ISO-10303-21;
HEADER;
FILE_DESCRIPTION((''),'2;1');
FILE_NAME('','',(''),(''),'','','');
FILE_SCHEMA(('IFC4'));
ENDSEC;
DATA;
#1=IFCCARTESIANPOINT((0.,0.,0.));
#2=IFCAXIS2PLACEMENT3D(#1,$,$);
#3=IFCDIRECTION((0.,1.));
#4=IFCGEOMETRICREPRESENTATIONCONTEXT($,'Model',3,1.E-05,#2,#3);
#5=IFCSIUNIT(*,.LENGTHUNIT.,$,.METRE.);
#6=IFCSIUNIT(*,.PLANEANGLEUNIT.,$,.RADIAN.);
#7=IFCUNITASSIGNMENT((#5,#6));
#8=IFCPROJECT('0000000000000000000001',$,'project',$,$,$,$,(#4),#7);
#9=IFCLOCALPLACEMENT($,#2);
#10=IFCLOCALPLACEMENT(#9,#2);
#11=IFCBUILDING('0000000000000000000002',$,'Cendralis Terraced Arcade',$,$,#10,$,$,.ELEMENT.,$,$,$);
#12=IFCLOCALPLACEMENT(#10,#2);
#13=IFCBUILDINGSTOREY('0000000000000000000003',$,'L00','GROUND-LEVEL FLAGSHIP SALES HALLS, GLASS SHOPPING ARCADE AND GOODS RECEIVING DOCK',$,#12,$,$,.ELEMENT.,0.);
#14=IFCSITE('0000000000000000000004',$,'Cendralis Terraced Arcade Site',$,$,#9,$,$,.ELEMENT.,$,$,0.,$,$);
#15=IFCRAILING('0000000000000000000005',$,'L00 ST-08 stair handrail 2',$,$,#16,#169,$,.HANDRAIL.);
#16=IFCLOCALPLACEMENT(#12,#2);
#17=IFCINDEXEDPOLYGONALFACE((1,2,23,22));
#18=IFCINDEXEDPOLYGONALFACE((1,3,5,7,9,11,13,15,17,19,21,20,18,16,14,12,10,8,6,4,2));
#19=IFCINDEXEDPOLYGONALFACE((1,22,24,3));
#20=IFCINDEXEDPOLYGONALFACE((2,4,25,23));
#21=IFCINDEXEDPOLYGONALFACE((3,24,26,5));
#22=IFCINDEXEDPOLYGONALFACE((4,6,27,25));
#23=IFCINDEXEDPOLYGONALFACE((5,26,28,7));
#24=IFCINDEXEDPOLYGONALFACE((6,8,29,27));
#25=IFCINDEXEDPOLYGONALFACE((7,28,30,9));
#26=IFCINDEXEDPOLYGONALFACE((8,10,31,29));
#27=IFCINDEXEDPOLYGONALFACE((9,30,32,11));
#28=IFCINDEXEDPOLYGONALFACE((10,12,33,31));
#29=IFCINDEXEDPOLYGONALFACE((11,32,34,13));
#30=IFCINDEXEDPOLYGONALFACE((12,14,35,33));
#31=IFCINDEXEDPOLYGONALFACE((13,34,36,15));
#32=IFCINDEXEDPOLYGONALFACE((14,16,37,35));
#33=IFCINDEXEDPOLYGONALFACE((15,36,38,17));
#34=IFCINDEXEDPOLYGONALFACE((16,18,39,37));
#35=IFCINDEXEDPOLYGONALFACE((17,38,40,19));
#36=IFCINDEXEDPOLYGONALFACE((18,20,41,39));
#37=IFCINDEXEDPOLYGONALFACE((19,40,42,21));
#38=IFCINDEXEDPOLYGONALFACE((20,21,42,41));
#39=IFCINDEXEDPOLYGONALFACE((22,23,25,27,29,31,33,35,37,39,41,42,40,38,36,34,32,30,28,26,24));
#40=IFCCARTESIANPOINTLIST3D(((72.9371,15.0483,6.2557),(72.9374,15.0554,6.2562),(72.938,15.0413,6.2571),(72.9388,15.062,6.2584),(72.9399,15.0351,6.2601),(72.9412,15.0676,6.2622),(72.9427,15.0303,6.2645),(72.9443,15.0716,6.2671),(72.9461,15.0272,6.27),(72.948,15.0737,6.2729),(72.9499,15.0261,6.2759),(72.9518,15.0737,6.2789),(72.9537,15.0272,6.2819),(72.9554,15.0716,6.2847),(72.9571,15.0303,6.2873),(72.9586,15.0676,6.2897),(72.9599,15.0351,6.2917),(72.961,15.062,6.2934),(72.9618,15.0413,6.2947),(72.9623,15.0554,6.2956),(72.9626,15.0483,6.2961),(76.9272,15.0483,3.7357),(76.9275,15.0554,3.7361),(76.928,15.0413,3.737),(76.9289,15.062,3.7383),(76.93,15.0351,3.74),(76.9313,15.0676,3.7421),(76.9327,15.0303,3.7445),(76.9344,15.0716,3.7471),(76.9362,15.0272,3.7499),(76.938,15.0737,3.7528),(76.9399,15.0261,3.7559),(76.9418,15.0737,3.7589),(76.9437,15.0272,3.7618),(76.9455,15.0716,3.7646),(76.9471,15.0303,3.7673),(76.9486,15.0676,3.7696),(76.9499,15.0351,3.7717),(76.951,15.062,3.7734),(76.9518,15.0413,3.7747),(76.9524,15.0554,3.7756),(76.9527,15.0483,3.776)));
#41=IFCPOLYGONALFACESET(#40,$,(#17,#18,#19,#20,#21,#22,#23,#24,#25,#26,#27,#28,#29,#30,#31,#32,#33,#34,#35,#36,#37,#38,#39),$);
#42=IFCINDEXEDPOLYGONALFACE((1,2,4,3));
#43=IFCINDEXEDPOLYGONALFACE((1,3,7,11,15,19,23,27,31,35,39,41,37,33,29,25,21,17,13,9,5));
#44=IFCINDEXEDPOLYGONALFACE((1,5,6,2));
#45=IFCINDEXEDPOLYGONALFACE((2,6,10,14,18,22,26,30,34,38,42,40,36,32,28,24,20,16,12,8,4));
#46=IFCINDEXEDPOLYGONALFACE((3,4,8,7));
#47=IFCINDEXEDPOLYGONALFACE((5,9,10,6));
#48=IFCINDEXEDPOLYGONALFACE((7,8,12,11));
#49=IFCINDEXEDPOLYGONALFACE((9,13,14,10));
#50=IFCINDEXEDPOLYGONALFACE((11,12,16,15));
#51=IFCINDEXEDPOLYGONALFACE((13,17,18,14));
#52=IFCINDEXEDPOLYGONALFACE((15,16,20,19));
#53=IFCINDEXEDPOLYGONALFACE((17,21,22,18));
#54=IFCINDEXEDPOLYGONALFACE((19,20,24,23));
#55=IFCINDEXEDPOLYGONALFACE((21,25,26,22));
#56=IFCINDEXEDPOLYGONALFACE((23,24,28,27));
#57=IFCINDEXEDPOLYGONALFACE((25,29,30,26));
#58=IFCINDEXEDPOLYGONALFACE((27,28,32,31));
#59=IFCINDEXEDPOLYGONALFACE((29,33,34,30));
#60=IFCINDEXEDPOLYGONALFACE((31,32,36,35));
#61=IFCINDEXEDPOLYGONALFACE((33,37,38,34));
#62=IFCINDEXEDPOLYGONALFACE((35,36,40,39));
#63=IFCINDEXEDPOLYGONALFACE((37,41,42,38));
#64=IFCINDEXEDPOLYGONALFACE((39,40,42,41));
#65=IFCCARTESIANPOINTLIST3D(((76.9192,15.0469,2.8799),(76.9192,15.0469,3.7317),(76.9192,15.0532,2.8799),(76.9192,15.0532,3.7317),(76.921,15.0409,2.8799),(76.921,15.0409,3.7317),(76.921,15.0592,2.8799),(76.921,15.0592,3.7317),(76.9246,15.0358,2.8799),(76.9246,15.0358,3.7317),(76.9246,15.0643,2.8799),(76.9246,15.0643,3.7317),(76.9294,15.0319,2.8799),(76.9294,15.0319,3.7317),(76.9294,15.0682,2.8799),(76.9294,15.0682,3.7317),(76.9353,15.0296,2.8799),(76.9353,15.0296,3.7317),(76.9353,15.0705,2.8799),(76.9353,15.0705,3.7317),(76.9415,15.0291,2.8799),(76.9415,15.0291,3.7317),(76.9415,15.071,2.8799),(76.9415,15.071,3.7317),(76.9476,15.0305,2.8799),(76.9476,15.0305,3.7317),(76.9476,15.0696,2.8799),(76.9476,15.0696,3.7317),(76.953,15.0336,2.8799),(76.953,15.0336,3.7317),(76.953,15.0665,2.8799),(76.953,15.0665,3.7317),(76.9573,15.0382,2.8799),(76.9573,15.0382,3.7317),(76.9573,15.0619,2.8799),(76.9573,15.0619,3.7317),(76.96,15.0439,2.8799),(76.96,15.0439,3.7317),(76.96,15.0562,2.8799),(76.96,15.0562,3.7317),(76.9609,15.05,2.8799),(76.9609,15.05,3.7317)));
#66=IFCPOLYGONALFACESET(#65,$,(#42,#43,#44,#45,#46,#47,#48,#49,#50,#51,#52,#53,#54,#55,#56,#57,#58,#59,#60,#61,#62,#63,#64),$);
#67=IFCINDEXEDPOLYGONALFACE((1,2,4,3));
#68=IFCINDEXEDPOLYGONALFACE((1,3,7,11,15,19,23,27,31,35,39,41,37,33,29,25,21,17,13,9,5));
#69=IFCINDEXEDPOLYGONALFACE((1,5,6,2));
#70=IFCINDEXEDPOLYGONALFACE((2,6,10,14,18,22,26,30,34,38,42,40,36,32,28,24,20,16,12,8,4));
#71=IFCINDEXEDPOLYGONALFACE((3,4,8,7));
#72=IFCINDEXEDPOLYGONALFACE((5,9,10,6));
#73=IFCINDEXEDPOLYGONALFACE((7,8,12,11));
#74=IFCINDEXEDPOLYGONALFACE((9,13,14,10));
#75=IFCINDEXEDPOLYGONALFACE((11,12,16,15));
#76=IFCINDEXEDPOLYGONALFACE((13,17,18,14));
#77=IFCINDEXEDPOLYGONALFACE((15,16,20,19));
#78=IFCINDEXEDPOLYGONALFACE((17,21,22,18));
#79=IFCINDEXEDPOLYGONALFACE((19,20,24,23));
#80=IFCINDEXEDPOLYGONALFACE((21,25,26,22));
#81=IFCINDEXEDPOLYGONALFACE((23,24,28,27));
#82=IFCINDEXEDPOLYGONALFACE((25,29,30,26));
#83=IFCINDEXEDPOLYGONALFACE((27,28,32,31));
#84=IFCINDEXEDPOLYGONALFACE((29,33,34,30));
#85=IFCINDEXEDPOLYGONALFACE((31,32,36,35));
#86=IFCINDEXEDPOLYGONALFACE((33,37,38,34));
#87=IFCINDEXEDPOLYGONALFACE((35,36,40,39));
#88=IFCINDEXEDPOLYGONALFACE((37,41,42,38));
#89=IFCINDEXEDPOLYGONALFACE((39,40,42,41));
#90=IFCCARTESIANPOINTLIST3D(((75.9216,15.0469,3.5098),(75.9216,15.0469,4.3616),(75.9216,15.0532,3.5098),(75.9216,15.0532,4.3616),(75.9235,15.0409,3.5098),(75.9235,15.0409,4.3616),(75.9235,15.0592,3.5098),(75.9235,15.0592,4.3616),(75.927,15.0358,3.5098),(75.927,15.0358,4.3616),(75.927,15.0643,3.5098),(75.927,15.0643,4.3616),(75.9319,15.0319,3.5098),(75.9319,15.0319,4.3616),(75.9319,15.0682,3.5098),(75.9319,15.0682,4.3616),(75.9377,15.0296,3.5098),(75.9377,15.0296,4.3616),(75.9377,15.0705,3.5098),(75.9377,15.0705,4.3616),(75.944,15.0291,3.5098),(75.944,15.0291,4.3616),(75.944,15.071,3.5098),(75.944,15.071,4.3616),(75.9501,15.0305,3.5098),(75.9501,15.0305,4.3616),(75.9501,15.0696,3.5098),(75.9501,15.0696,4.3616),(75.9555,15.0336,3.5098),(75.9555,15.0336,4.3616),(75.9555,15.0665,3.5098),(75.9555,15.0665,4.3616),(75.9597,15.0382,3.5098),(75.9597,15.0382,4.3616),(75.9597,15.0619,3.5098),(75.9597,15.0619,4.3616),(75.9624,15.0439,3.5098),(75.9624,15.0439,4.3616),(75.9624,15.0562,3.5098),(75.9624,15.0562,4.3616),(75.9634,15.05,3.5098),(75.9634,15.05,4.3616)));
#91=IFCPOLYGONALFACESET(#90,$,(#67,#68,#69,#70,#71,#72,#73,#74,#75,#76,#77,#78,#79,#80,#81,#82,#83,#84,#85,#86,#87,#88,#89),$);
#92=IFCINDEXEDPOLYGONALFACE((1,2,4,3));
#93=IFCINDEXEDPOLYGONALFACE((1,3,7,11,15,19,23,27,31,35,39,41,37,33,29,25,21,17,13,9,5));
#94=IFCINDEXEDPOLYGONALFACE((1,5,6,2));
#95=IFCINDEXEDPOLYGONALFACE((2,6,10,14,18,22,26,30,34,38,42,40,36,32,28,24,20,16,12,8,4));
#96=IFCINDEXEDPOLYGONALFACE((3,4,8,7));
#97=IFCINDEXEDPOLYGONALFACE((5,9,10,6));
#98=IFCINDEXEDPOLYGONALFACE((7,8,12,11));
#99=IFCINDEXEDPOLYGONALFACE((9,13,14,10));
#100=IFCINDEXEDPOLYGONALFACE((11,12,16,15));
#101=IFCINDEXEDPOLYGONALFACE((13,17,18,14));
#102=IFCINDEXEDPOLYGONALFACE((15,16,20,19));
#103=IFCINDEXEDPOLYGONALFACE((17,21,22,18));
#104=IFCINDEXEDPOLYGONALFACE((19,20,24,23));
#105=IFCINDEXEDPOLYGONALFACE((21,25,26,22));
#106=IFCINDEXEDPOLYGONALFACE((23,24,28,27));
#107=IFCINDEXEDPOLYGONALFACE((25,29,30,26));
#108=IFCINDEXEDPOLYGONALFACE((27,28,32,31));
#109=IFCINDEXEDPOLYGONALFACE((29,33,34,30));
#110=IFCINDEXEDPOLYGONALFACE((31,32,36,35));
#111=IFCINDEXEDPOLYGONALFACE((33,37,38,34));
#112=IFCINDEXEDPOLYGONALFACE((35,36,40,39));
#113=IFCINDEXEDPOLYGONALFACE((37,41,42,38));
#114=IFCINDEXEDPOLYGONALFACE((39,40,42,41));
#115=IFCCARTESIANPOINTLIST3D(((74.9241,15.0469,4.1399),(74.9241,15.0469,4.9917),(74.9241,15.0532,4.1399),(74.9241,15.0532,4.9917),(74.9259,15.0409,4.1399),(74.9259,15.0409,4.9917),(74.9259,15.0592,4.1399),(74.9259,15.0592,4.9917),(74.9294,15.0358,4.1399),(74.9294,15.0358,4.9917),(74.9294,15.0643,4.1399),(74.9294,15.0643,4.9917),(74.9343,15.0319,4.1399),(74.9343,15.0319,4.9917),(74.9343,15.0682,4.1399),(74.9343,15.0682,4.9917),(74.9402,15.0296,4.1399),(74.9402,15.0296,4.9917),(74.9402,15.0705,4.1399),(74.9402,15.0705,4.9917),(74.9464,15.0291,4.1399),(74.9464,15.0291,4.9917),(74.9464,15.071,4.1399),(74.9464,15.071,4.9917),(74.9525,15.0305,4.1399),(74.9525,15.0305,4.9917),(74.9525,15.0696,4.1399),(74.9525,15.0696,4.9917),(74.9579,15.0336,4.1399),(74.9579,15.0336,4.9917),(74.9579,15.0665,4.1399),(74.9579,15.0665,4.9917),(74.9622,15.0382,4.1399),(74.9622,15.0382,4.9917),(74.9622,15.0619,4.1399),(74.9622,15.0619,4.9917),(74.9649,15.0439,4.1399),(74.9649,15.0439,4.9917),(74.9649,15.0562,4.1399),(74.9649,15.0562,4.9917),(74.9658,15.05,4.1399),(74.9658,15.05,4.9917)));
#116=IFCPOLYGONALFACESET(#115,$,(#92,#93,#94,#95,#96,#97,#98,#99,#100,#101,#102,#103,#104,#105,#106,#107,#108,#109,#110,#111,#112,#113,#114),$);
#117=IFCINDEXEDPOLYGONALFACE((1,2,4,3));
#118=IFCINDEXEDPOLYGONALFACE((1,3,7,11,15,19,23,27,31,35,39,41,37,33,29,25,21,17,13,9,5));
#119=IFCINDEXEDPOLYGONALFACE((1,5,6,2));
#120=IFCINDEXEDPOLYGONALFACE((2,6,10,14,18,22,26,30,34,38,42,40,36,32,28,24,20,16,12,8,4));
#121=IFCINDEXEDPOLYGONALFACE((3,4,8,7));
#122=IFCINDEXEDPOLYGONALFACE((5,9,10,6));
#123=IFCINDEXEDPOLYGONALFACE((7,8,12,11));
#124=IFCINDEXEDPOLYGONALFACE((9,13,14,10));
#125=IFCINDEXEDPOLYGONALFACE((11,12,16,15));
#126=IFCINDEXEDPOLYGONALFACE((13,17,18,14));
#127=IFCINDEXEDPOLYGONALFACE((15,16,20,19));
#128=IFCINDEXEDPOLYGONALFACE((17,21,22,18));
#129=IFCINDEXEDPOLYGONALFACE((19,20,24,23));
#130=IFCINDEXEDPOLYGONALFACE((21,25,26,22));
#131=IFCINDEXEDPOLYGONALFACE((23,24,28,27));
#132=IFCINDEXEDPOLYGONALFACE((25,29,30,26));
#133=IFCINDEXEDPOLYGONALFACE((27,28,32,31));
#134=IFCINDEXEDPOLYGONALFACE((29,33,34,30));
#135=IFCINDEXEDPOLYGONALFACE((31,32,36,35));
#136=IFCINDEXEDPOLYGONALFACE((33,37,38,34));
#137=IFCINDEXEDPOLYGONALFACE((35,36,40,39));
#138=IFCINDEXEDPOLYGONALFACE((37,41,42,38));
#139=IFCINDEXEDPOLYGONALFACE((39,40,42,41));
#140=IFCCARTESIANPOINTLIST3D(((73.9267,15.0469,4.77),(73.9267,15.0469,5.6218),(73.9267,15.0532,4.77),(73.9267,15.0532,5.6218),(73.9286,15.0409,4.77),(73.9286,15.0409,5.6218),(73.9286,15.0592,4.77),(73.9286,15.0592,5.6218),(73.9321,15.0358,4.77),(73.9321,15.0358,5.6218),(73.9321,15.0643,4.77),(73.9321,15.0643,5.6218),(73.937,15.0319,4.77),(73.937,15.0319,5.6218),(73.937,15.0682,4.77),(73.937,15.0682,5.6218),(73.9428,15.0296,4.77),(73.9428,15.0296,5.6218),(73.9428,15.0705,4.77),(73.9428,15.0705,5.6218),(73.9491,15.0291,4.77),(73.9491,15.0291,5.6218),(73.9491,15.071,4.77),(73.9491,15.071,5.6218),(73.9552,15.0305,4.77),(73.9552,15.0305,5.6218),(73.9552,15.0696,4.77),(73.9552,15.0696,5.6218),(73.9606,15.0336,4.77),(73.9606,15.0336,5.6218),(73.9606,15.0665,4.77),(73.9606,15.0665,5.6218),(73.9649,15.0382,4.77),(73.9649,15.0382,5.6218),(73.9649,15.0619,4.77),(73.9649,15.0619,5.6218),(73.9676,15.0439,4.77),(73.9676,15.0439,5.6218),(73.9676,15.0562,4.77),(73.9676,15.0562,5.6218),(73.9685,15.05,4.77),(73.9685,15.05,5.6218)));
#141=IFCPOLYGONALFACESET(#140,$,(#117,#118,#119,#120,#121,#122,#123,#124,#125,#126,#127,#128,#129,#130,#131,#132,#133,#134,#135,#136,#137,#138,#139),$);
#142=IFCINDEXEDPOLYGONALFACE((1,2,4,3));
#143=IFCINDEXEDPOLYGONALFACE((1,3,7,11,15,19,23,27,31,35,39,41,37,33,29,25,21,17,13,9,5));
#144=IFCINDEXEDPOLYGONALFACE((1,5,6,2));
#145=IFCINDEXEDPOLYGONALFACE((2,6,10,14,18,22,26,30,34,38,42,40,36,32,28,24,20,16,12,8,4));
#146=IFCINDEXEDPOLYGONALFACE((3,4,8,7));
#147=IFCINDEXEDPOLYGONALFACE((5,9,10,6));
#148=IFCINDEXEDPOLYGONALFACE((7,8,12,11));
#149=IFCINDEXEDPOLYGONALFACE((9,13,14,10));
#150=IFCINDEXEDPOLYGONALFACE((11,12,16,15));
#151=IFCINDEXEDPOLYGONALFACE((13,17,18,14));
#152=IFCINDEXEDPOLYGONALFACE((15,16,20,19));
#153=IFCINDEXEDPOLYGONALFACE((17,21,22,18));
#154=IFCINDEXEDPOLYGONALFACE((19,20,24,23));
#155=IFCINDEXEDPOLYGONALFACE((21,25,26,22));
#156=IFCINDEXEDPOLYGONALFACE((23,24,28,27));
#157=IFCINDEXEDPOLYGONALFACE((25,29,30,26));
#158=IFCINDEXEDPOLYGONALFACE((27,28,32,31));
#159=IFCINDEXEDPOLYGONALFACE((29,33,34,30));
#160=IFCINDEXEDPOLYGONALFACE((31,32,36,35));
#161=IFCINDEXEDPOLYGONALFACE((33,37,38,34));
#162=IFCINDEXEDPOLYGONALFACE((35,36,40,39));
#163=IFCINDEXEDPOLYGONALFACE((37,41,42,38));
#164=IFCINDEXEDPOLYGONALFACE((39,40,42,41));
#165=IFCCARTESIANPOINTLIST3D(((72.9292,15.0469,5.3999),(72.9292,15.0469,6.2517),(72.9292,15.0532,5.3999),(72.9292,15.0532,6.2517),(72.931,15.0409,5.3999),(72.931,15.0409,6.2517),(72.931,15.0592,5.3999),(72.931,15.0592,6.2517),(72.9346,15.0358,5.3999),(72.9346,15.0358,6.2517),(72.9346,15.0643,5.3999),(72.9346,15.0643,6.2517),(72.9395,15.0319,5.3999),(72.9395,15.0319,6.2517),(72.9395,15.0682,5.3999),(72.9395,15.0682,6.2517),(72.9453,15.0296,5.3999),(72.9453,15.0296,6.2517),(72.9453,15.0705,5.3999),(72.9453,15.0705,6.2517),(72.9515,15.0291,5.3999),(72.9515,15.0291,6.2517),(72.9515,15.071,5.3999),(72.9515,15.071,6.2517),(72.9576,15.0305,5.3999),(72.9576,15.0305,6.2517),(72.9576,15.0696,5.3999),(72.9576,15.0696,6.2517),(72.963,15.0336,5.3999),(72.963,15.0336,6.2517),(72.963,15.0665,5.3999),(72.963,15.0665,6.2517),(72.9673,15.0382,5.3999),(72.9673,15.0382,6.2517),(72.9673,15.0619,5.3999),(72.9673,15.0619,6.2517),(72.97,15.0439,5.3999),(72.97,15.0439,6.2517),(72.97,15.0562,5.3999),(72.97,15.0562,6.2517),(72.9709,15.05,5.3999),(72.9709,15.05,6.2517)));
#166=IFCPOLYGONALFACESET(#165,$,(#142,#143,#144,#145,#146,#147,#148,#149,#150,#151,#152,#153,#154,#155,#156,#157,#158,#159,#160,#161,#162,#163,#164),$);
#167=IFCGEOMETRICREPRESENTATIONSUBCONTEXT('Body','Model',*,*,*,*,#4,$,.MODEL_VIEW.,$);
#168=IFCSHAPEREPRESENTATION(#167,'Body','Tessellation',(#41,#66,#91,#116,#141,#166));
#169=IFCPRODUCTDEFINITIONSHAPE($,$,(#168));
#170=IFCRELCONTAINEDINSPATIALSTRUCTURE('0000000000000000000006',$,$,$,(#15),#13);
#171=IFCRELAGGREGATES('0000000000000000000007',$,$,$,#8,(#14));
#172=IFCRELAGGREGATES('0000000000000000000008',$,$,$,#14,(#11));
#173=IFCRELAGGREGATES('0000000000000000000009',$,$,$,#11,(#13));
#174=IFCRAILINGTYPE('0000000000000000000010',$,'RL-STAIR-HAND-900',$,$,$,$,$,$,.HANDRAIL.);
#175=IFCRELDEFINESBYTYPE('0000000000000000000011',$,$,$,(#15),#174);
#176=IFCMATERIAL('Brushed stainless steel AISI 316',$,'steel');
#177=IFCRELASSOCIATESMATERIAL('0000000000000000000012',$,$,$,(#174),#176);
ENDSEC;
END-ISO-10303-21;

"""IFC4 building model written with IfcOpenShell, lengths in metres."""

from ifc_helpers import new_model, si_unit, direction, frame, origin, origin_2d, place, context, subcontext, project, spatial, circle, extrude, material, type_object, element, save


model = new_model("IFC4")

# Units and contexts
model_context = context("Model", 3, precision=1e-05, world=origin(), true_north=direction((0.0, 1.0)))
body_context = subcontext(model_context, "Body", "Model", "MODEL_VIEW")
ifc_project = project(units=[si_unit("LENGTHUNIT", "METRE"), si_unit("PLANEANGLEUNIT", "RADIAN")], contexts=[model_context])

# Site, building, storey
site_placement = place(None, origin())
site = spatial("IfcSite", under=ifc_project, at=site_placement, Name="Cendralis Terraced Arcade Site", CompositionType="ELEMENT", RefElevation=0.0)
building_placement = place(site_placement, origin())
building = spatial("IfcBuilding", under=site, at=building_placement, Name="Cendralis Terraced Arcade", CompositionType="ELEMENT")
storey_placement = place(building_placement, origin())
storey = spatial("IfcBuildingStorey", under=building, at=storey_placement, Name="L00", Description="GROUND-LEVEL FLAGSHIP SALES HALLS, GLASS SHOPPING ARCADE AND GOODS RECEIVING DOCK", CompositionType="ELEMENT", Elevation=0.0)

# Railing
ifc_material_1 = material(Name="Brushed stainless steel AISI 316", Category="steel")
railing_type_1 = type_object("IfcRailingType", Name="RL-STAIR-HAND-900", PredefinedType="HANDRAIL", material=ifc_material_1)
railing_1_placement = place(storey_placement, frame((76.9399, 15.05, 2.8799)))
element("IfcRailing", 1, at=railing_1_placement, inside=storey, type_object=railing_type_1, Name="L00 ST-08 stair handrail 2", PredefinedType="HANDRAIL", context=body_context, shape_type="SweptSolid", body=[
    extrude(circle(Radius=0.0239, at=origin_2d()), frame((0.0, 0.0, 0.876), z_axis=(-0.845486, 0.0, 0.533997), x_axis=(0.0, -1.0, 0.0)), (0.0, 0.0, 1.0), 4.7192),
    extrude(circle(Radius=0.021, at=origin_2d()), origin(), (0.0, 0.0, 1.0), 0.8518),
    extrude(circle(Radius=0.021, at=origin_2d()), frame((-0.9976, 0.0, 0.6299)), (0.0, 0.0, 1.0), 0.8518),
    extrude(circle(Radius=0.021, at=origin_2d()), frame((-1.9951, 0.0, 1.26)), (0.0, 0.0, 1.0), 0.8518),
    extrude(circle(Radius=0.021, at=origin_2d()), frame((-2.9924, 0.0, 1.8901)), (0.0, 0.0, 1.0), 0.8518),
    extrude(circle(Radius=0.021, at=origin_2d()), frame((-3.99, 0.0, 2.52)), (0.0, 0.0, 1.0), 0.8518),
])

save(model, "model.ifc")
